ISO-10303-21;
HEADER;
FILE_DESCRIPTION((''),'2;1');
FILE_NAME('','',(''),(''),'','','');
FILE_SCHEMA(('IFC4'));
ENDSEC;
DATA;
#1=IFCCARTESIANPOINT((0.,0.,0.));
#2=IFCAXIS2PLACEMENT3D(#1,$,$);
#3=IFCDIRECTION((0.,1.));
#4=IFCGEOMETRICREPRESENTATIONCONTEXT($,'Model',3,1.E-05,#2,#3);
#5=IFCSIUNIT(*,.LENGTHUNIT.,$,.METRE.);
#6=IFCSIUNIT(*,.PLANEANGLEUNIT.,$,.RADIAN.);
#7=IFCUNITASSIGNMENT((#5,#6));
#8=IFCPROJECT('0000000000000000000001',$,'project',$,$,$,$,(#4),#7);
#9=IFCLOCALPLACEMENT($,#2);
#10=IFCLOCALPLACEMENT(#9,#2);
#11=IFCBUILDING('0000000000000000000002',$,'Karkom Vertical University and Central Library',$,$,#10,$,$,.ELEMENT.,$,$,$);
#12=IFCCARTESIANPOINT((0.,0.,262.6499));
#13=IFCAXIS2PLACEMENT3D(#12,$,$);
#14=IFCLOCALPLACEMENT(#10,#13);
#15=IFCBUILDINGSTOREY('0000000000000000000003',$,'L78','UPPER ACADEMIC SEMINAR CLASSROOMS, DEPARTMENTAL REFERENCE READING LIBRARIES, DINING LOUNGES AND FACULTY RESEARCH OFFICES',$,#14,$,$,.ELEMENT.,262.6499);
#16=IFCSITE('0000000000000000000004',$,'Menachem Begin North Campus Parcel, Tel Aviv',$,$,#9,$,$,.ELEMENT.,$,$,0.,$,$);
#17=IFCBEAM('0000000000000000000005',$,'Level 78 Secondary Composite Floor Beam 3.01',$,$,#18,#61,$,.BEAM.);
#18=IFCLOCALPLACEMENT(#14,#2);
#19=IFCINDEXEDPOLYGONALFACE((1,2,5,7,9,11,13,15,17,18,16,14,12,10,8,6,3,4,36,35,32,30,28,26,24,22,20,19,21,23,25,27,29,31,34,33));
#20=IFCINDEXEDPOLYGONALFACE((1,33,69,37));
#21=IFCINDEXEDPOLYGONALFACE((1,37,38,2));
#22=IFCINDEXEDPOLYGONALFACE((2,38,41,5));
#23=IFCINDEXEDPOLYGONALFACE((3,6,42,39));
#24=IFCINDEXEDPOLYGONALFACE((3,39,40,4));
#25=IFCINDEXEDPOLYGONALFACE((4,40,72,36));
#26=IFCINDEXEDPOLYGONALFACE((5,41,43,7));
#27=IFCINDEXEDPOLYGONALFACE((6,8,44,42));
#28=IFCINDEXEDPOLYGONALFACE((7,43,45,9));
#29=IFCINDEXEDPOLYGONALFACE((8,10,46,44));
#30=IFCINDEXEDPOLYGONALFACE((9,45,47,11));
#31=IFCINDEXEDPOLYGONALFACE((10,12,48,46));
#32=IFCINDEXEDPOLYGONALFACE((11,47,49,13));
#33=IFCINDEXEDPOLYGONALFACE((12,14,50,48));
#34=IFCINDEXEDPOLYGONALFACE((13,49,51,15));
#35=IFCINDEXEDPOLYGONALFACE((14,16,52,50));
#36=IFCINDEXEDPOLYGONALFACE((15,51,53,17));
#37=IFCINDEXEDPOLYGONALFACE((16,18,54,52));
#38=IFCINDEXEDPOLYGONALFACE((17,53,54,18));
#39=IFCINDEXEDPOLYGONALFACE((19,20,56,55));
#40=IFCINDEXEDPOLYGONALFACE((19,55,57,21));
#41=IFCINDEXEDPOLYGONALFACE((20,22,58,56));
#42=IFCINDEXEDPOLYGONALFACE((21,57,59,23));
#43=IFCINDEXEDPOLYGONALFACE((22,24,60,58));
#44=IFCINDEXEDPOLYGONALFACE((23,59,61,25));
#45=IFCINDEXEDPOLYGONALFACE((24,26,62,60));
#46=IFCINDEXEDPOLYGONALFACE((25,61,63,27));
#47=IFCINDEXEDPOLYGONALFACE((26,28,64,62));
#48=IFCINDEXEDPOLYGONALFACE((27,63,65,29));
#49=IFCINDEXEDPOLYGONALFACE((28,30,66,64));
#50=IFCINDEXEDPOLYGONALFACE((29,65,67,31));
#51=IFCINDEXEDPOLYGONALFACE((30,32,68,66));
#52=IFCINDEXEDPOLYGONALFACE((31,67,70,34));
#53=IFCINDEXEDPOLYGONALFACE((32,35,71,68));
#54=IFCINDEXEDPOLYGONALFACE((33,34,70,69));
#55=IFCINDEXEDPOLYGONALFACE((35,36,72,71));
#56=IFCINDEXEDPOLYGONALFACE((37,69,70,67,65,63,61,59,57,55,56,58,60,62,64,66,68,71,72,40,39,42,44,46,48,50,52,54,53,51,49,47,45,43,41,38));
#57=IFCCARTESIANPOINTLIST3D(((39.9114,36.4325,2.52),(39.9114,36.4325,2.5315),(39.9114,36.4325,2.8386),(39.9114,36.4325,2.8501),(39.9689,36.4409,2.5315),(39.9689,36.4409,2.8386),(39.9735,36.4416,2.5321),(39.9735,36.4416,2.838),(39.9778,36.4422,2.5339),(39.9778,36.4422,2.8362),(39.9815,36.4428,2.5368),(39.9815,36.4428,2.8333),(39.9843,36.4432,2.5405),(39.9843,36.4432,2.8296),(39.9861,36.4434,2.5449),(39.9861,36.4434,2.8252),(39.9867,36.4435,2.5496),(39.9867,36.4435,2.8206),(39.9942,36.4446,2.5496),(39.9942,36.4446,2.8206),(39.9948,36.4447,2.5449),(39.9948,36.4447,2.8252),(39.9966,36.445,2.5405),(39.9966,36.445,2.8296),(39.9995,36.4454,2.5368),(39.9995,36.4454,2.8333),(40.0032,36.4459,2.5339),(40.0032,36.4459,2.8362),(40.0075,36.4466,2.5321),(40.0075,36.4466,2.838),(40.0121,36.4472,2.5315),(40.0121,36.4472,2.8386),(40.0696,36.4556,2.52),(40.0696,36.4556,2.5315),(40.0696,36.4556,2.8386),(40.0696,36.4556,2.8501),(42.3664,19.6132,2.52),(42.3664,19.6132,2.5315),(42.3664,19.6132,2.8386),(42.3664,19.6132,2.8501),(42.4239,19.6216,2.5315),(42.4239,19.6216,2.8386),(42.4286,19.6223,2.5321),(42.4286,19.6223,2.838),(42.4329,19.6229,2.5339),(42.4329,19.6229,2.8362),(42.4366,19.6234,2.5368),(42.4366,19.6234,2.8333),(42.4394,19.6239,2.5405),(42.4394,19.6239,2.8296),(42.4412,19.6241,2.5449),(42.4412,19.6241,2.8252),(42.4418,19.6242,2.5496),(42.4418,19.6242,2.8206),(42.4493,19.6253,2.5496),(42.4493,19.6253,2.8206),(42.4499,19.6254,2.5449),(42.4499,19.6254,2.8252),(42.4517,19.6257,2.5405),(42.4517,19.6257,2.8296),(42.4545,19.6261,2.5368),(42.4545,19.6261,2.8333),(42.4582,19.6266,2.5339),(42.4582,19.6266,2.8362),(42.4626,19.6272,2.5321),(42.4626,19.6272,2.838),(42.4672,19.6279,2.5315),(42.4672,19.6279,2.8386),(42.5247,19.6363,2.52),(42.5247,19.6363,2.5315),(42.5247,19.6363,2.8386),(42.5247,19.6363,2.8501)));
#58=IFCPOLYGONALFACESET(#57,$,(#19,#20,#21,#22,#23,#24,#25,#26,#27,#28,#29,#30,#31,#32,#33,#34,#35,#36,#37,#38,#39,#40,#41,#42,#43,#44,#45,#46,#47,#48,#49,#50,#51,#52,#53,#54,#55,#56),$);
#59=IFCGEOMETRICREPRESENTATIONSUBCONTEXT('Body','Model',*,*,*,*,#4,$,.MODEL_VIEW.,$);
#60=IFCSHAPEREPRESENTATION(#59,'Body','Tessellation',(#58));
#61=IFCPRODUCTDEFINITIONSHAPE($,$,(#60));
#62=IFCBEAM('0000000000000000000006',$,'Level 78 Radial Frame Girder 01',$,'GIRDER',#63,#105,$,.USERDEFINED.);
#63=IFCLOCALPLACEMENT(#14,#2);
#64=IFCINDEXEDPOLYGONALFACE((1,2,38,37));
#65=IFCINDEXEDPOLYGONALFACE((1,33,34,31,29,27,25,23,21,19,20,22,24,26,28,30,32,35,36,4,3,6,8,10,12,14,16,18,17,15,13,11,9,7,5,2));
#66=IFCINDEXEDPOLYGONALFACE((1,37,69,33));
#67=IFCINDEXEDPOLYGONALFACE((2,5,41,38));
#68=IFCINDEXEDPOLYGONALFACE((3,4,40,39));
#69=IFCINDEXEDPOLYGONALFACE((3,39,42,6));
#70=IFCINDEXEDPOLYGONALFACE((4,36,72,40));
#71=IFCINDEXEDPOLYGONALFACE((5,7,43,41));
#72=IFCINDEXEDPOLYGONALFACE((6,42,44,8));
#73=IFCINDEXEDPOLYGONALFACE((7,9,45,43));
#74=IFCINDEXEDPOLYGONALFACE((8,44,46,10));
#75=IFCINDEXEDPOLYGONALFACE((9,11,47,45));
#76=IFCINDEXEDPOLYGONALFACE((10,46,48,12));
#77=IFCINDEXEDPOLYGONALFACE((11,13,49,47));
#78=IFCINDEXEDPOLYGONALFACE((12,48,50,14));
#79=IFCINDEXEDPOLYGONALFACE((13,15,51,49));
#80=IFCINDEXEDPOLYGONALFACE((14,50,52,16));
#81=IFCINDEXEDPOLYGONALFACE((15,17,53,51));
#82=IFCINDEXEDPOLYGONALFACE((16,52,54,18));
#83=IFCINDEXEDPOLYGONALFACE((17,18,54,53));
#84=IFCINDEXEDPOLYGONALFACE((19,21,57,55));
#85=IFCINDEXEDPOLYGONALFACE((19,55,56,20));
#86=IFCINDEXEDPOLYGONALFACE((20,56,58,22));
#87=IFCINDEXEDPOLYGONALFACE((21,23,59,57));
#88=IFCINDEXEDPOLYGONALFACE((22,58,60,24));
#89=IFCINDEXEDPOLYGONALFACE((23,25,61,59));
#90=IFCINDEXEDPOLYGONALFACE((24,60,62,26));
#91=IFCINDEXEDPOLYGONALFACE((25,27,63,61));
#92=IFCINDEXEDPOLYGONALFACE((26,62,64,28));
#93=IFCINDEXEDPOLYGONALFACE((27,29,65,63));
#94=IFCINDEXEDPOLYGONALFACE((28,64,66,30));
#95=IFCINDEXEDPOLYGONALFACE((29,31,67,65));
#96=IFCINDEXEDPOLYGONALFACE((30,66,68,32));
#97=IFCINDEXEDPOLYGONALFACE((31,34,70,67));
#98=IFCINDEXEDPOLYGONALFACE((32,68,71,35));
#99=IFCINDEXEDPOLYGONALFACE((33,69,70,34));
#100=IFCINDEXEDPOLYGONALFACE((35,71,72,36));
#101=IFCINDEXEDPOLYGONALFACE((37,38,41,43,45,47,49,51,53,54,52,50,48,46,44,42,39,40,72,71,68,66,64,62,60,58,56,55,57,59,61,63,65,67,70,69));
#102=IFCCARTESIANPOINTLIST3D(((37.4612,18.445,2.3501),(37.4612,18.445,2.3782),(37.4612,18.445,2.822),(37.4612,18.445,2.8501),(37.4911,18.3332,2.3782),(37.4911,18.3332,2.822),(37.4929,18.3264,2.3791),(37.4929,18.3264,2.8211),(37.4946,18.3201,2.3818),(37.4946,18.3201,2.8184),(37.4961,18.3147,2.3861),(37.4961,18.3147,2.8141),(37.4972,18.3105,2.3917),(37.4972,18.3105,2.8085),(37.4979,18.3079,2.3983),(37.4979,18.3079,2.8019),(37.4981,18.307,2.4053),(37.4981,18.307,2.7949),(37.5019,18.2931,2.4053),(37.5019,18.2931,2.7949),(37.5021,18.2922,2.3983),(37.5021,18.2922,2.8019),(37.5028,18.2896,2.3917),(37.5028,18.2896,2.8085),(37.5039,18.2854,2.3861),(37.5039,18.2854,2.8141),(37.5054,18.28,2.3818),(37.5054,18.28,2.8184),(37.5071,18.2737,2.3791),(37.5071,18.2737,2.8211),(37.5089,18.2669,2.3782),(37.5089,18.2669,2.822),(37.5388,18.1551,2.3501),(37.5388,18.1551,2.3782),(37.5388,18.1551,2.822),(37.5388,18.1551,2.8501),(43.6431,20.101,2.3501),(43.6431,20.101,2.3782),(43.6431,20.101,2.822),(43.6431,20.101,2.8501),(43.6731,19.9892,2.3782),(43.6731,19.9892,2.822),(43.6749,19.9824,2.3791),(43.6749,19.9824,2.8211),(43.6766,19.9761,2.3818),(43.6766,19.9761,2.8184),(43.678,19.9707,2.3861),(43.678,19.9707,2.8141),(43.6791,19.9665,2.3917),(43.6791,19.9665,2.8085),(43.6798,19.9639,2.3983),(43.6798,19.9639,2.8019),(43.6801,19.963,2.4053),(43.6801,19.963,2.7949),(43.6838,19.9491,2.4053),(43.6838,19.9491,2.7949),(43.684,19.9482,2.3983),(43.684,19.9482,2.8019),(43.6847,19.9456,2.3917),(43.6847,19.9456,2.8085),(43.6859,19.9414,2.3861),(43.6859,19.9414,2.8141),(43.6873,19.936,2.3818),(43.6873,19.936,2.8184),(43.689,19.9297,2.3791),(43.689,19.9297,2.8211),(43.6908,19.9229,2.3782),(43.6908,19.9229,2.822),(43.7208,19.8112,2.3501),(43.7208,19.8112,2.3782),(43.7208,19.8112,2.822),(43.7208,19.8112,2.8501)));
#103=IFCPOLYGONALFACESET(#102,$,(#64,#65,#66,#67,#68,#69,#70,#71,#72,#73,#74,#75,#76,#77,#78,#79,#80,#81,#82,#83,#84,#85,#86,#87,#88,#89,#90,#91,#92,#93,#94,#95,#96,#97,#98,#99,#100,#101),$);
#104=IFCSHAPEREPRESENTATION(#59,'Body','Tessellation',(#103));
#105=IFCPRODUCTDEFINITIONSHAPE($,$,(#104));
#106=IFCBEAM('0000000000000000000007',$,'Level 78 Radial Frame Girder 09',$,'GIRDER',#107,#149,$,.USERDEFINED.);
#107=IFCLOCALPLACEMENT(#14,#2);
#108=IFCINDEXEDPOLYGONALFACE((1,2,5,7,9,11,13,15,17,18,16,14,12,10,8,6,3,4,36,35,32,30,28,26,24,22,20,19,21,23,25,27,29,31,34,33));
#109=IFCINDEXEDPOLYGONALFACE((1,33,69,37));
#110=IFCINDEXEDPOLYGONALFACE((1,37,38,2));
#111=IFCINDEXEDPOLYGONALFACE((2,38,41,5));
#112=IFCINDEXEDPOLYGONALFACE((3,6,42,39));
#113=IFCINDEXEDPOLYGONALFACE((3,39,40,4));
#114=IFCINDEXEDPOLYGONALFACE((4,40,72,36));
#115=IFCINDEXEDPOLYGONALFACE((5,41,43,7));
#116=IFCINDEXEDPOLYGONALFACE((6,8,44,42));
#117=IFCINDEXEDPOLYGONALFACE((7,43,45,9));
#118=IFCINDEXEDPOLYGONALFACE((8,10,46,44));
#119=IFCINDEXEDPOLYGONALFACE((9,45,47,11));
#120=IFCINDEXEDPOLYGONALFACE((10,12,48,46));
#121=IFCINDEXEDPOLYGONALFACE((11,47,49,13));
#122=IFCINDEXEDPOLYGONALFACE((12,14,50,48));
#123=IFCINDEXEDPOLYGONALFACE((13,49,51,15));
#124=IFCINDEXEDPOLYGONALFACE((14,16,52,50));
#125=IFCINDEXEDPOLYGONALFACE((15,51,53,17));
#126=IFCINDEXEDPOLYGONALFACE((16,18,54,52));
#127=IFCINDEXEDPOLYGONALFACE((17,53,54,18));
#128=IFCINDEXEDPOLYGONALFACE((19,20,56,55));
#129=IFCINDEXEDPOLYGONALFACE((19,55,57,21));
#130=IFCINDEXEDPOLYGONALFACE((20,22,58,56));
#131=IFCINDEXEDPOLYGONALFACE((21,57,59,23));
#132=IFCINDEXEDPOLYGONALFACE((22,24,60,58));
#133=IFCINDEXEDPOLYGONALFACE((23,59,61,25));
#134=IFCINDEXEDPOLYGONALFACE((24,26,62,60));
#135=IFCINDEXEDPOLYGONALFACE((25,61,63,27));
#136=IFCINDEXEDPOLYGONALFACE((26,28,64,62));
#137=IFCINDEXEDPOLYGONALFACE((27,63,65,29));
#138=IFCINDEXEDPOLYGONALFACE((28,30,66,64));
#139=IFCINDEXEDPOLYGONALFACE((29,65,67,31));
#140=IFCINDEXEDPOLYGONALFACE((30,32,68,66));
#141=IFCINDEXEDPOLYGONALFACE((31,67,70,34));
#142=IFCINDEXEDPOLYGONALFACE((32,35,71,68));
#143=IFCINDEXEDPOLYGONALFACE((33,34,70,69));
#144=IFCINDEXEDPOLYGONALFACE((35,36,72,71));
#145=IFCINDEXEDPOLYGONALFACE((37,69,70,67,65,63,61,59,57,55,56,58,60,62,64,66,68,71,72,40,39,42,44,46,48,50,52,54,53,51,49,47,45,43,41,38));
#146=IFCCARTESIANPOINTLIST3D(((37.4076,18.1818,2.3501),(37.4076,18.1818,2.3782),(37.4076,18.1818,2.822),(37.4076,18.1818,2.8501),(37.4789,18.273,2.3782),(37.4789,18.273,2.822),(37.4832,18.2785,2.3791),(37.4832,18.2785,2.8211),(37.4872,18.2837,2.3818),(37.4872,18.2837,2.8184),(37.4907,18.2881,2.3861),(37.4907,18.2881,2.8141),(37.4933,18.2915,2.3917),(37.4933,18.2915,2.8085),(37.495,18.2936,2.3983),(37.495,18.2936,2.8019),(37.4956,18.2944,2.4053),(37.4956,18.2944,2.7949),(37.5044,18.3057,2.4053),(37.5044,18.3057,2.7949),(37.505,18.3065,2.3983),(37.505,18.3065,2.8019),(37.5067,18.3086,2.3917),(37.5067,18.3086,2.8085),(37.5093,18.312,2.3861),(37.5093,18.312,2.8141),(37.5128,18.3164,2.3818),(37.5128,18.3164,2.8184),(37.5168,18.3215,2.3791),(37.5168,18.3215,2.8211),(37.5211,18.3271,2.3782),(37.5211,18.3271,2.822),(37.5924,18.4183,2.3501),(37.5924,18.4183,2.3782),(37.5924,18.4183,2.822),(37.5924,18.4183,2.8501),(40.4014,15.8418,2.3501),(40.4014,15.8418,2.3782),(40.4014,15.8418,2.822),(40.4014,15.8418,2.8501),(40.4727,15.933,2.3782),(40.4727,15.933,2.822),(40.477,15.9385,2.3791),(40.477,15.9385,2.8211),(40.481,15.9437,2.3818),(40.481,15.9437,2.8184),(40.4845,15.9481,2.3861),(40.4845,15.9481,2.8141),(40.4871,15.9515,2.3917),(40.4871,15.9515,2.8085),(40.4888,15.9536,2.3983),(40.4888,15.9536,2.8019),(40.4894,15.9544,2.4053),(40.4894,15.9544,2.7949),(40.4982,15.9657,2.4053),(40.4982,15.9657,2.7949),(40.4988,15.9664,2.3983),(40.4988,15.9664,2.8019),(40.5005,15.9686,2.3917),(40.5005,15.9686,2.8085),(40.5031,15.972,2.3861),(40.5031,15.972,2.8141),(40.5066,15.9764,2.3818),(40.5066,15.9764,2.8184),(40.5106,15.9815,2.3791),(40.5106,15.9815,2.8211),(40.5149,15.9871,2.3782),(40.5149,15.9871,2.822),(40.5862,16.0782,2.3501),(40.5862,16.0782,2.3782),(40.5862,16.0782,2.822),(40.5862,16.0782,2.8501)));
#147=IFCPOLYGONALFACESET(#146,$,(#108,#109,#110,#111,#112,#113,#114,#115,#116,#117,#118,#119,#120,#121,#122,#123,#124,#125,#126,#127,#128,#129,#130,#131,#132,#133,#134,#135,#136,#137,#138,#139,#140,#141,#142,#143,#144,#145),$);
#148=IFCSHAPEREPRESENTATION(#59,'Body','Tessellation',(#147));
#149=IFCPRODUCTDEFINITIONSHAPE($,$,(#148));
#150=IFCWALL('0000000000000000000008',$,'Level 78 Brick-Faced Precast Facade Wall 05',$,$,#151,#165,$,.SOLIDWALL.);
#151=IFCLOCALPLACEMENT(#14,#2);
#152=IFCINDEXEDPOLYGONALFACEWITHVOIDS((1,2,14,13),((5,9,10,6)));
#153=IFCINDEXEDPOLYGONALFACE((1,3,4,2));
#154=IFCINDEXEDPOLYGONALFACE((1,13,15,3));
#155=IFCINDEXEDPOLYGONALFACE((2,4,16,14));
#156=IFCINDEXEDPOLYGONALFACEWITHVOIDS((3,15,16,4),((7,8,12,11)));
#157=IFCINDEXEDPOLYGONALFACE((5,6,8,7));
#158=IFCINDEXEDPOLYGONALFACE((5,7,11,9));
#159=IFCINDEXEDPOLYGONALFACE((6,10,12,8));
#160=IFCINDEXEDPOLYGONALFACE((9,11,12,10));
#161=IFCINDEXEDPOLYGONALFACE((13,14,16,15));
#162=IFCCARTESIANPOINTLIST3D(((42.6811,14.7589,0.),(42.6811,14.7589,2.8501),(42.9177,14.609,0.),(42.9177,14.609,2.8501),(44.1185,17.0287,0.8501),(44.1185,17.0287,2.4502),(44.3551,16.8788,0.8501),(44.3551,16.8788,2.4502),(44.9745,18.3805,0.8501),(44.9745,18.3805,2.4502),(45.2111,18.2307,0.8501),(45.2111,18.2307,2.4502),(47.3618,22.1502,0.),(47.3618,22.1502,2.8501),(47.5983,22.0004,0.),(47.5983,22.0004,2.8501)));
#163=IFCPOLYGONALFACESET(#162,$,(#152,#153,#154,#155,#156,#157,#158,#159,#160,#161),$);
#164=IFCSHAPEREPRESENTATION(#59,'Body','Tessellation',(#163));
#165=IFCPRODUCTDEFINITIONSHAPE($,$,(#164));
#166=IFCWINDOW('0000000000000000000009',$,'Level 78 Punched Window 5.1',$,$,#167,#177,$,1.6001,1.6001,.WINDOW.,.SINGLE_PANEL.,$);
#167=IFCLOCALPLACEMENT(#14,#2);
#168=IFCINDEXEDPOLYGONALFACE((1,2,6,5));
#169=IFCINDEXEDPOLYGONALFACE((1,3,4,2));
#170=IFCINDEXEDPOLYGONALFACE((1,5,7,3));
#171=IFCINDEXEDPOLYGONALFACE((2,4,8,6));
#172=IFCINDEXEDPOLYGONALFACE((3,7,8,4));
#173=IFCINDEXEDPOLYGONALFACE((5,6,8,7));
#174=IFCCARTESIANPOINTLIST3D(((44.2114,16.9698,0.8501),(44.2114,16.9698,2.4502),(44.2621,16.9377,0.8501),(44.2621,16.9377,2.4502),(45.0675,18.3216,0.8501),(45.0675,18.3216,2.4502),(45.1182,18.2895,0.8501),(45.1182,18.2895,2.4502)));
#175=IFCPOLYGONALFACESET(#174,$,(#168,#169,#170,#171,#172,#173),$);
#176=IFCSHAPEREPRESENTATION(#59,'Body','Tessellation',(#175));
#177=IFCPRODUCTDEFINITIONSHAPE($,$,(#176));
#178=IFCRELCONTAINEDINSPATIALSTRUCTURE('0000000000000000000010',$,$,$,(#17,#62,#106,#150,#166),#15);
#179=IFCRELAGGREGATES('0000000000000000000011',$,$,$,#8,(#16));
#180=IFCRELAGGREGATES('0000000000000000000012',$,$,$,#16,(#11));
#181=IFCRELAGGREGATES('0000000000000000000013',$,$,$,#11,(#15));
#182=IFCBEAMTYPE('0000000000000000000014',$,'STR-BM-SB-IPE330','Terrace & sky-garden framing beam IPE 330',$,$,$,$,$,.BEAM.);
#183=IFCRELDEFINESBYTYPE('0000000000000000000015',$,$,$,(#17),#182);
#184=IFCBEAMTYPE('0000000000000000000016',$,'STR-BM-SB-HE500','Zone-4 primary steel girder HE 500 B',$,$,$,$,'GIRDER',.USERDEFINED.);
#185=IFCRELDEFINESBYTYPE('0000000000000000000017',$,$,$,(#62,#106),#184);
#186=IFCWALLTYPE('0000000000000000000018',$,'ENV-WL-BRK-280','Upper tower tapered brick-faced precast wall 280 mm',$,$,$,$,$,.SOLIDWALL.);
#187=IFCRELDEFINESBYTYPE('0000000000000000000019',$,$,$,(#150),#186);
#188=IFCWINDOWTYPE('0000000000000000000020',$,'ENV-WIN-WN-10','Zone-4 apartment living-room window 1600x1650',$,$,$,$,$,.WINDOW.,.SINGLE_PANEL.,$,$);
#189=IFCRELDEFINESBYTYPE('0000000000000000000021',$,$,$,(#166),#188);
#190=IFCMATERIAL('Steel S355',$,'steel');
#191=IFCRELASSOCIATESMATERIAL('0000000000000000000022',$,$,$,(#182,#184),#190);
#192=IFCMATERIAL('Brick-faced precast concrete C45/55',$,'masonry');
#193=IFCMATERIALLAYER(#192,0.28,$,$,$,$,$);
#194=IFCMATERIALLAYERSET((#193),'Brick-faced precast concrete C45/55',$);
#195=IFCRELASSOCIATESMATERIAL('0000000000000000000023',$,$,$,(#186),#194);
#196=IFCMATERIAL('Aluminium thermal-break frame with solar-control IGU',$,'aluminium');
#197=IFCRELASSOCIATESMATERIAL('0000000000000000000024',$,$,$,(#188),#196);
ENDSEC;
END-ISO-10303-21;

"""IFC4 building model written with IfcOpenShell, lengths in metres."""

from ifc_helpers import new_model, si_unit, direction, frame, frame_2d, origin, origin_with_axes, origin_2d, place, context, subcontext, project, spatial, rectangle, i_section, extrude, source, transform, mapped, material, layer, layer_set, material_profile, profile_set, type_object, element, fill, save


model = new_model("IFC4")

# Units and contexts
model_context = context("Model", 3, precision=1e-05, world=origin(), true_north=direction((0.0, 1.0)))
body_context = subcontext(model_context, "Body", "Model", "MODEL_VIEW")
ifc_project = project(units=[si_unit("LENGTHUNIT", "METRE"), si_unit("PLANEANGLEUNIT", "RADIAN")], contexts=[model_context])

# Site, building, storey
site_placement = place(None, origin())
site = spatial("IfcSite", under=ifc_project, at=site_placement, Name="Menachem Begin North Campus Parcel, Tel Aviv", CompositionType="ELEMENT", RefElevation=0.0)
building_placement = place(site_placement, origin())
building = spatial("IfcBuilding", under=site, at=building_placement, Name="Karkom Vertical University and Central Library", CompositionType="ELEMENT")
storey_placement = place(building_placement, frame((0.0, 0.0, 262.6499)))
storey = spatial("IfcBuildingStorey", under=building, at=storey_placement, Name="L78", Description="UPPER ACADEMIC SEMINAR CLASSROOMS, DEPARTMENTAL REFERENCE READING LIBRARIES, DINING LOUNGES AND FACULTY RESEARCH OFFICES", CompositionType="ELEMENT", Elevation=262.6499)

# Beams
ifc_material_1 = material(Name="Steel S355", Category="steel")
ifc_material_profile_1 = material_profile(ifc_material_1, i_section(OverallWidth=0.1599, OverallDepth=0.3301, WebThickness=0.0076, FlangeThickness=0.0115, FilletRadius=0.0181, at=origin_2d()), Name="IPE 330")
ifc_profile_set_1 = profile_set([ifc_material_profile_1], Name="Steel S355")
beam_type_1 = type_object("IfcBeamType", Name="STR-BM-SB-IPE330", Description="Terrace & sky-garden framing beam IPE 330", PredefinedType="BEAM", material=ifc_profile_set_1)
shared_shape_1 = source(origin_with_axes(), body_context, "Body", "SweptSolid", [
    extrude(i_section(OverallWidth=0.1599, OverallDepth=0.3301, WebThickness=0.0076, FlangeThickness=0.0115, FilletRadius=0.0181, at=origin_2d()), origin(), (0.0, 0.0, 1.0), 16.9976),
])
beam_1_placement = place(storey_placement, frame((42.4456, 19.6248, 2.6851), z_axis=(-0.144437, 0.989514, 0.0), x_axis=(-0.989514, -0.144437, 0.0)))
element("IfcBeam", 1, at=beam_1_placement, inside=storey, type_object=beam_type_1, Name="Level 78 Secondary Composite Floor Beam 3.01", PredefinedType="BEAM", context=body_context, shape_type="MappedRepresentation", body=[
    mapped(shared_shape_1, transform((0.0, 0.0, 0.0), scale=1.0)),
])
ifc_material_profile_2 = material_profile(ifc_material_1, i_section(OverallWidth=0.3, OverallDepth=0.5, WebThickness=0.0144, FlangeThickness=0.0281, FilletRadius=0.0271, at=origin_2d()), Name="HE 500 B")
ifc_profile_set_2 = profile_set([ifc_material_profile_2], Name="Steel S355")
beam_type_2 = type_object("IfcBeamType", Name="STR-BM-SB-HE500", Description="Zone-4 primary steel girder HE 500 B", ElementType="GIRDER", PredefinedType="USERDEFINED", material=ifc_profile_set_2)
shared_shape_2 = source(origin_with_axes(), body_context, "Body", "SweptSolid", [
    extrude(i_section(OverallWidth=0.3, OverallDepth=0.5, WebThickness=0.0144, FlangeThickness=0.0281, FilletRadius=0.0271, at=origin_2d()), origin(), (0.0, 0.0, 1.0), 6.3999),
])
beam_2_placement = place(storey_placement, frame((37.5, 18.3, 2.6001), z_axis=(0.965942, 0.258757, 0.0), x_axis=(-0.258757, 0.965942, 0.0)))
element("IfcBeam", 2, at=beam_2_placement, inside=storey, type_object=beam_type_2, Name="Level 78 Radial Frame Girder 01", ObjectType="GIRDER", PredefinedType="USERDEFINED", context=body_context, shape_type="MappedRepresentation", body=[
    mapped(shared_shape_2, transform((0.0, 0.0, 0.0), scale=1.0)),
])
shared_shape_3 = source(origin_with_axes(), body_context, "Body", "SweptSolid", [
    extrude(i_section(OverallWidth=0.3, OverallDepth=0.5, WebThickness=0.0144, FlangeThickness=0.0281, FilletRadius=0.0271, at=origin_2d()), origin(), (0.0, 0.0, 1.0), 3.7998),
])
beam_3_placement = place(storey_placement, frame((37.5, 18.3, 2.6001), z_axis=(0.787883, -0.615825, 0.0), x_axis=(0.615825, 0.787883, 0.0)))
element("IfcBeam", 3, at=beam_3_placement, inside=storey, type_object=beam_type_2, Name="Level 78 Radial Frame Girder 09", ObjectType="GIRDER", PredefinedType="USERDEFINED", context=body_context, shape_type="MappedRepresentation", body=[
    mapped(shared_shape_3, transform((0.0, 0.0, 0.0), scale=1.0)),
])

# Wall, opening, window
ifc_material_2 = material(Name="Brick-faced precast concrete C45/55", Category="masonry")
ifc_layer_1 = layer(ifc_material_2, 0.28)
ifc_layer_set_1 = layer_set([ifc_layer_1], Name="Brick-faced precast concrete C45/55")
wall_type_1 = type_object("IfcWallType", Name="ENV-WL-BRK-280", Description="Upper tower tapered brick-faced precast wall 280 mm", PredefinedType="SOLIDWALL", material=ifc_layer_set_1)
wall_1_placement = place(storey_placement, frame((42.7993, 14.6838, 0.0), z_axis=(0.0, 0.0, 1.0), x_axis=(0.535009, 0.844846, 0.0)))
wall_1 = element("IfcWall", 4, at=wall_1_placement, inside=storey, type_object=wall_type_1, Name="Level 78 Brick-Faced Precast Facade Wall 05", PredefinedType="SOLIDWALL", context=body_context, shape_type="SweptSolid", body=[
    extrude(rectangle(XDim=8.7488, YDim=0.28, at=frame_2d((4.3745, 0.0))), origin(), (0.0, 0.0, 1.0), 2.8501),
])
opening_1_placement = place(wall_1_placement, frame((2.6868, 0.0, 0.8501)))
opening_1 = element("IfcOpeningElement", 5, at=opening_1_placement, cuts=wall_1, PredefinedType="OPENING", context=body_context, shape_type="SweptSolid", body=[
    extrude(rectangle(XDim=1.6001, YDim=1.6001, at=frame_2d((0.8, 0.8))), frame((0.0, 0.1499, 0.0), z_axis=(0.0, -1.0, 0.0), x_axis=(1.0, 0.0, 0.0)), (0.0, 0.0, 1.0), 0.3),
])
ifc_material_3 = material(Name="Aluminium thermal-break frame with solar-control IGU", Category="aluminium")
window_type = type_object("IfcWindowType", Name="ENV-WIN-WN-10", Description="Zone-4 apartment living-room window 1600x1650", PartitioningType="SINGLE_PANEL", PredefinedType="WINDOW", material=ifc_material_3)
shared_shape_4 = source(origin_with_axes(), body_context, "Body", "SweptSolid", [
    extrude(rectangle(XDim=1.6001, YDim=1.6001, at=frame_2d((0.8, 0.8))), frame((0.0, 0.03, 0.0), z_axis=(0.0, -1.0, 0.0), x_axis=(1.0, 0.0, 0.0)), (0.0, 0.0, 1.0), 0.0601),
])
window_1_placement = place(opening_1_placement, origin())
window_1 = element("IfcWindow", 6, at=window_1_placement, inside=storey, type_object=window_type, Name="Level 78 Punched Window 5.1", OverallHeight=1.6001, OverallWidth=1.6001, PartitioningType="SINGLE_PANEL", PredefinedType="WINDOW", context=body_context, shape_type="MappedRepresentation", body=[
    mapped(shared_shape_4, transform((0.0, 0.0, 0.0), scale=1.0)),
])
fill(opening_1, window_1)

save(model, "model.ifc")
